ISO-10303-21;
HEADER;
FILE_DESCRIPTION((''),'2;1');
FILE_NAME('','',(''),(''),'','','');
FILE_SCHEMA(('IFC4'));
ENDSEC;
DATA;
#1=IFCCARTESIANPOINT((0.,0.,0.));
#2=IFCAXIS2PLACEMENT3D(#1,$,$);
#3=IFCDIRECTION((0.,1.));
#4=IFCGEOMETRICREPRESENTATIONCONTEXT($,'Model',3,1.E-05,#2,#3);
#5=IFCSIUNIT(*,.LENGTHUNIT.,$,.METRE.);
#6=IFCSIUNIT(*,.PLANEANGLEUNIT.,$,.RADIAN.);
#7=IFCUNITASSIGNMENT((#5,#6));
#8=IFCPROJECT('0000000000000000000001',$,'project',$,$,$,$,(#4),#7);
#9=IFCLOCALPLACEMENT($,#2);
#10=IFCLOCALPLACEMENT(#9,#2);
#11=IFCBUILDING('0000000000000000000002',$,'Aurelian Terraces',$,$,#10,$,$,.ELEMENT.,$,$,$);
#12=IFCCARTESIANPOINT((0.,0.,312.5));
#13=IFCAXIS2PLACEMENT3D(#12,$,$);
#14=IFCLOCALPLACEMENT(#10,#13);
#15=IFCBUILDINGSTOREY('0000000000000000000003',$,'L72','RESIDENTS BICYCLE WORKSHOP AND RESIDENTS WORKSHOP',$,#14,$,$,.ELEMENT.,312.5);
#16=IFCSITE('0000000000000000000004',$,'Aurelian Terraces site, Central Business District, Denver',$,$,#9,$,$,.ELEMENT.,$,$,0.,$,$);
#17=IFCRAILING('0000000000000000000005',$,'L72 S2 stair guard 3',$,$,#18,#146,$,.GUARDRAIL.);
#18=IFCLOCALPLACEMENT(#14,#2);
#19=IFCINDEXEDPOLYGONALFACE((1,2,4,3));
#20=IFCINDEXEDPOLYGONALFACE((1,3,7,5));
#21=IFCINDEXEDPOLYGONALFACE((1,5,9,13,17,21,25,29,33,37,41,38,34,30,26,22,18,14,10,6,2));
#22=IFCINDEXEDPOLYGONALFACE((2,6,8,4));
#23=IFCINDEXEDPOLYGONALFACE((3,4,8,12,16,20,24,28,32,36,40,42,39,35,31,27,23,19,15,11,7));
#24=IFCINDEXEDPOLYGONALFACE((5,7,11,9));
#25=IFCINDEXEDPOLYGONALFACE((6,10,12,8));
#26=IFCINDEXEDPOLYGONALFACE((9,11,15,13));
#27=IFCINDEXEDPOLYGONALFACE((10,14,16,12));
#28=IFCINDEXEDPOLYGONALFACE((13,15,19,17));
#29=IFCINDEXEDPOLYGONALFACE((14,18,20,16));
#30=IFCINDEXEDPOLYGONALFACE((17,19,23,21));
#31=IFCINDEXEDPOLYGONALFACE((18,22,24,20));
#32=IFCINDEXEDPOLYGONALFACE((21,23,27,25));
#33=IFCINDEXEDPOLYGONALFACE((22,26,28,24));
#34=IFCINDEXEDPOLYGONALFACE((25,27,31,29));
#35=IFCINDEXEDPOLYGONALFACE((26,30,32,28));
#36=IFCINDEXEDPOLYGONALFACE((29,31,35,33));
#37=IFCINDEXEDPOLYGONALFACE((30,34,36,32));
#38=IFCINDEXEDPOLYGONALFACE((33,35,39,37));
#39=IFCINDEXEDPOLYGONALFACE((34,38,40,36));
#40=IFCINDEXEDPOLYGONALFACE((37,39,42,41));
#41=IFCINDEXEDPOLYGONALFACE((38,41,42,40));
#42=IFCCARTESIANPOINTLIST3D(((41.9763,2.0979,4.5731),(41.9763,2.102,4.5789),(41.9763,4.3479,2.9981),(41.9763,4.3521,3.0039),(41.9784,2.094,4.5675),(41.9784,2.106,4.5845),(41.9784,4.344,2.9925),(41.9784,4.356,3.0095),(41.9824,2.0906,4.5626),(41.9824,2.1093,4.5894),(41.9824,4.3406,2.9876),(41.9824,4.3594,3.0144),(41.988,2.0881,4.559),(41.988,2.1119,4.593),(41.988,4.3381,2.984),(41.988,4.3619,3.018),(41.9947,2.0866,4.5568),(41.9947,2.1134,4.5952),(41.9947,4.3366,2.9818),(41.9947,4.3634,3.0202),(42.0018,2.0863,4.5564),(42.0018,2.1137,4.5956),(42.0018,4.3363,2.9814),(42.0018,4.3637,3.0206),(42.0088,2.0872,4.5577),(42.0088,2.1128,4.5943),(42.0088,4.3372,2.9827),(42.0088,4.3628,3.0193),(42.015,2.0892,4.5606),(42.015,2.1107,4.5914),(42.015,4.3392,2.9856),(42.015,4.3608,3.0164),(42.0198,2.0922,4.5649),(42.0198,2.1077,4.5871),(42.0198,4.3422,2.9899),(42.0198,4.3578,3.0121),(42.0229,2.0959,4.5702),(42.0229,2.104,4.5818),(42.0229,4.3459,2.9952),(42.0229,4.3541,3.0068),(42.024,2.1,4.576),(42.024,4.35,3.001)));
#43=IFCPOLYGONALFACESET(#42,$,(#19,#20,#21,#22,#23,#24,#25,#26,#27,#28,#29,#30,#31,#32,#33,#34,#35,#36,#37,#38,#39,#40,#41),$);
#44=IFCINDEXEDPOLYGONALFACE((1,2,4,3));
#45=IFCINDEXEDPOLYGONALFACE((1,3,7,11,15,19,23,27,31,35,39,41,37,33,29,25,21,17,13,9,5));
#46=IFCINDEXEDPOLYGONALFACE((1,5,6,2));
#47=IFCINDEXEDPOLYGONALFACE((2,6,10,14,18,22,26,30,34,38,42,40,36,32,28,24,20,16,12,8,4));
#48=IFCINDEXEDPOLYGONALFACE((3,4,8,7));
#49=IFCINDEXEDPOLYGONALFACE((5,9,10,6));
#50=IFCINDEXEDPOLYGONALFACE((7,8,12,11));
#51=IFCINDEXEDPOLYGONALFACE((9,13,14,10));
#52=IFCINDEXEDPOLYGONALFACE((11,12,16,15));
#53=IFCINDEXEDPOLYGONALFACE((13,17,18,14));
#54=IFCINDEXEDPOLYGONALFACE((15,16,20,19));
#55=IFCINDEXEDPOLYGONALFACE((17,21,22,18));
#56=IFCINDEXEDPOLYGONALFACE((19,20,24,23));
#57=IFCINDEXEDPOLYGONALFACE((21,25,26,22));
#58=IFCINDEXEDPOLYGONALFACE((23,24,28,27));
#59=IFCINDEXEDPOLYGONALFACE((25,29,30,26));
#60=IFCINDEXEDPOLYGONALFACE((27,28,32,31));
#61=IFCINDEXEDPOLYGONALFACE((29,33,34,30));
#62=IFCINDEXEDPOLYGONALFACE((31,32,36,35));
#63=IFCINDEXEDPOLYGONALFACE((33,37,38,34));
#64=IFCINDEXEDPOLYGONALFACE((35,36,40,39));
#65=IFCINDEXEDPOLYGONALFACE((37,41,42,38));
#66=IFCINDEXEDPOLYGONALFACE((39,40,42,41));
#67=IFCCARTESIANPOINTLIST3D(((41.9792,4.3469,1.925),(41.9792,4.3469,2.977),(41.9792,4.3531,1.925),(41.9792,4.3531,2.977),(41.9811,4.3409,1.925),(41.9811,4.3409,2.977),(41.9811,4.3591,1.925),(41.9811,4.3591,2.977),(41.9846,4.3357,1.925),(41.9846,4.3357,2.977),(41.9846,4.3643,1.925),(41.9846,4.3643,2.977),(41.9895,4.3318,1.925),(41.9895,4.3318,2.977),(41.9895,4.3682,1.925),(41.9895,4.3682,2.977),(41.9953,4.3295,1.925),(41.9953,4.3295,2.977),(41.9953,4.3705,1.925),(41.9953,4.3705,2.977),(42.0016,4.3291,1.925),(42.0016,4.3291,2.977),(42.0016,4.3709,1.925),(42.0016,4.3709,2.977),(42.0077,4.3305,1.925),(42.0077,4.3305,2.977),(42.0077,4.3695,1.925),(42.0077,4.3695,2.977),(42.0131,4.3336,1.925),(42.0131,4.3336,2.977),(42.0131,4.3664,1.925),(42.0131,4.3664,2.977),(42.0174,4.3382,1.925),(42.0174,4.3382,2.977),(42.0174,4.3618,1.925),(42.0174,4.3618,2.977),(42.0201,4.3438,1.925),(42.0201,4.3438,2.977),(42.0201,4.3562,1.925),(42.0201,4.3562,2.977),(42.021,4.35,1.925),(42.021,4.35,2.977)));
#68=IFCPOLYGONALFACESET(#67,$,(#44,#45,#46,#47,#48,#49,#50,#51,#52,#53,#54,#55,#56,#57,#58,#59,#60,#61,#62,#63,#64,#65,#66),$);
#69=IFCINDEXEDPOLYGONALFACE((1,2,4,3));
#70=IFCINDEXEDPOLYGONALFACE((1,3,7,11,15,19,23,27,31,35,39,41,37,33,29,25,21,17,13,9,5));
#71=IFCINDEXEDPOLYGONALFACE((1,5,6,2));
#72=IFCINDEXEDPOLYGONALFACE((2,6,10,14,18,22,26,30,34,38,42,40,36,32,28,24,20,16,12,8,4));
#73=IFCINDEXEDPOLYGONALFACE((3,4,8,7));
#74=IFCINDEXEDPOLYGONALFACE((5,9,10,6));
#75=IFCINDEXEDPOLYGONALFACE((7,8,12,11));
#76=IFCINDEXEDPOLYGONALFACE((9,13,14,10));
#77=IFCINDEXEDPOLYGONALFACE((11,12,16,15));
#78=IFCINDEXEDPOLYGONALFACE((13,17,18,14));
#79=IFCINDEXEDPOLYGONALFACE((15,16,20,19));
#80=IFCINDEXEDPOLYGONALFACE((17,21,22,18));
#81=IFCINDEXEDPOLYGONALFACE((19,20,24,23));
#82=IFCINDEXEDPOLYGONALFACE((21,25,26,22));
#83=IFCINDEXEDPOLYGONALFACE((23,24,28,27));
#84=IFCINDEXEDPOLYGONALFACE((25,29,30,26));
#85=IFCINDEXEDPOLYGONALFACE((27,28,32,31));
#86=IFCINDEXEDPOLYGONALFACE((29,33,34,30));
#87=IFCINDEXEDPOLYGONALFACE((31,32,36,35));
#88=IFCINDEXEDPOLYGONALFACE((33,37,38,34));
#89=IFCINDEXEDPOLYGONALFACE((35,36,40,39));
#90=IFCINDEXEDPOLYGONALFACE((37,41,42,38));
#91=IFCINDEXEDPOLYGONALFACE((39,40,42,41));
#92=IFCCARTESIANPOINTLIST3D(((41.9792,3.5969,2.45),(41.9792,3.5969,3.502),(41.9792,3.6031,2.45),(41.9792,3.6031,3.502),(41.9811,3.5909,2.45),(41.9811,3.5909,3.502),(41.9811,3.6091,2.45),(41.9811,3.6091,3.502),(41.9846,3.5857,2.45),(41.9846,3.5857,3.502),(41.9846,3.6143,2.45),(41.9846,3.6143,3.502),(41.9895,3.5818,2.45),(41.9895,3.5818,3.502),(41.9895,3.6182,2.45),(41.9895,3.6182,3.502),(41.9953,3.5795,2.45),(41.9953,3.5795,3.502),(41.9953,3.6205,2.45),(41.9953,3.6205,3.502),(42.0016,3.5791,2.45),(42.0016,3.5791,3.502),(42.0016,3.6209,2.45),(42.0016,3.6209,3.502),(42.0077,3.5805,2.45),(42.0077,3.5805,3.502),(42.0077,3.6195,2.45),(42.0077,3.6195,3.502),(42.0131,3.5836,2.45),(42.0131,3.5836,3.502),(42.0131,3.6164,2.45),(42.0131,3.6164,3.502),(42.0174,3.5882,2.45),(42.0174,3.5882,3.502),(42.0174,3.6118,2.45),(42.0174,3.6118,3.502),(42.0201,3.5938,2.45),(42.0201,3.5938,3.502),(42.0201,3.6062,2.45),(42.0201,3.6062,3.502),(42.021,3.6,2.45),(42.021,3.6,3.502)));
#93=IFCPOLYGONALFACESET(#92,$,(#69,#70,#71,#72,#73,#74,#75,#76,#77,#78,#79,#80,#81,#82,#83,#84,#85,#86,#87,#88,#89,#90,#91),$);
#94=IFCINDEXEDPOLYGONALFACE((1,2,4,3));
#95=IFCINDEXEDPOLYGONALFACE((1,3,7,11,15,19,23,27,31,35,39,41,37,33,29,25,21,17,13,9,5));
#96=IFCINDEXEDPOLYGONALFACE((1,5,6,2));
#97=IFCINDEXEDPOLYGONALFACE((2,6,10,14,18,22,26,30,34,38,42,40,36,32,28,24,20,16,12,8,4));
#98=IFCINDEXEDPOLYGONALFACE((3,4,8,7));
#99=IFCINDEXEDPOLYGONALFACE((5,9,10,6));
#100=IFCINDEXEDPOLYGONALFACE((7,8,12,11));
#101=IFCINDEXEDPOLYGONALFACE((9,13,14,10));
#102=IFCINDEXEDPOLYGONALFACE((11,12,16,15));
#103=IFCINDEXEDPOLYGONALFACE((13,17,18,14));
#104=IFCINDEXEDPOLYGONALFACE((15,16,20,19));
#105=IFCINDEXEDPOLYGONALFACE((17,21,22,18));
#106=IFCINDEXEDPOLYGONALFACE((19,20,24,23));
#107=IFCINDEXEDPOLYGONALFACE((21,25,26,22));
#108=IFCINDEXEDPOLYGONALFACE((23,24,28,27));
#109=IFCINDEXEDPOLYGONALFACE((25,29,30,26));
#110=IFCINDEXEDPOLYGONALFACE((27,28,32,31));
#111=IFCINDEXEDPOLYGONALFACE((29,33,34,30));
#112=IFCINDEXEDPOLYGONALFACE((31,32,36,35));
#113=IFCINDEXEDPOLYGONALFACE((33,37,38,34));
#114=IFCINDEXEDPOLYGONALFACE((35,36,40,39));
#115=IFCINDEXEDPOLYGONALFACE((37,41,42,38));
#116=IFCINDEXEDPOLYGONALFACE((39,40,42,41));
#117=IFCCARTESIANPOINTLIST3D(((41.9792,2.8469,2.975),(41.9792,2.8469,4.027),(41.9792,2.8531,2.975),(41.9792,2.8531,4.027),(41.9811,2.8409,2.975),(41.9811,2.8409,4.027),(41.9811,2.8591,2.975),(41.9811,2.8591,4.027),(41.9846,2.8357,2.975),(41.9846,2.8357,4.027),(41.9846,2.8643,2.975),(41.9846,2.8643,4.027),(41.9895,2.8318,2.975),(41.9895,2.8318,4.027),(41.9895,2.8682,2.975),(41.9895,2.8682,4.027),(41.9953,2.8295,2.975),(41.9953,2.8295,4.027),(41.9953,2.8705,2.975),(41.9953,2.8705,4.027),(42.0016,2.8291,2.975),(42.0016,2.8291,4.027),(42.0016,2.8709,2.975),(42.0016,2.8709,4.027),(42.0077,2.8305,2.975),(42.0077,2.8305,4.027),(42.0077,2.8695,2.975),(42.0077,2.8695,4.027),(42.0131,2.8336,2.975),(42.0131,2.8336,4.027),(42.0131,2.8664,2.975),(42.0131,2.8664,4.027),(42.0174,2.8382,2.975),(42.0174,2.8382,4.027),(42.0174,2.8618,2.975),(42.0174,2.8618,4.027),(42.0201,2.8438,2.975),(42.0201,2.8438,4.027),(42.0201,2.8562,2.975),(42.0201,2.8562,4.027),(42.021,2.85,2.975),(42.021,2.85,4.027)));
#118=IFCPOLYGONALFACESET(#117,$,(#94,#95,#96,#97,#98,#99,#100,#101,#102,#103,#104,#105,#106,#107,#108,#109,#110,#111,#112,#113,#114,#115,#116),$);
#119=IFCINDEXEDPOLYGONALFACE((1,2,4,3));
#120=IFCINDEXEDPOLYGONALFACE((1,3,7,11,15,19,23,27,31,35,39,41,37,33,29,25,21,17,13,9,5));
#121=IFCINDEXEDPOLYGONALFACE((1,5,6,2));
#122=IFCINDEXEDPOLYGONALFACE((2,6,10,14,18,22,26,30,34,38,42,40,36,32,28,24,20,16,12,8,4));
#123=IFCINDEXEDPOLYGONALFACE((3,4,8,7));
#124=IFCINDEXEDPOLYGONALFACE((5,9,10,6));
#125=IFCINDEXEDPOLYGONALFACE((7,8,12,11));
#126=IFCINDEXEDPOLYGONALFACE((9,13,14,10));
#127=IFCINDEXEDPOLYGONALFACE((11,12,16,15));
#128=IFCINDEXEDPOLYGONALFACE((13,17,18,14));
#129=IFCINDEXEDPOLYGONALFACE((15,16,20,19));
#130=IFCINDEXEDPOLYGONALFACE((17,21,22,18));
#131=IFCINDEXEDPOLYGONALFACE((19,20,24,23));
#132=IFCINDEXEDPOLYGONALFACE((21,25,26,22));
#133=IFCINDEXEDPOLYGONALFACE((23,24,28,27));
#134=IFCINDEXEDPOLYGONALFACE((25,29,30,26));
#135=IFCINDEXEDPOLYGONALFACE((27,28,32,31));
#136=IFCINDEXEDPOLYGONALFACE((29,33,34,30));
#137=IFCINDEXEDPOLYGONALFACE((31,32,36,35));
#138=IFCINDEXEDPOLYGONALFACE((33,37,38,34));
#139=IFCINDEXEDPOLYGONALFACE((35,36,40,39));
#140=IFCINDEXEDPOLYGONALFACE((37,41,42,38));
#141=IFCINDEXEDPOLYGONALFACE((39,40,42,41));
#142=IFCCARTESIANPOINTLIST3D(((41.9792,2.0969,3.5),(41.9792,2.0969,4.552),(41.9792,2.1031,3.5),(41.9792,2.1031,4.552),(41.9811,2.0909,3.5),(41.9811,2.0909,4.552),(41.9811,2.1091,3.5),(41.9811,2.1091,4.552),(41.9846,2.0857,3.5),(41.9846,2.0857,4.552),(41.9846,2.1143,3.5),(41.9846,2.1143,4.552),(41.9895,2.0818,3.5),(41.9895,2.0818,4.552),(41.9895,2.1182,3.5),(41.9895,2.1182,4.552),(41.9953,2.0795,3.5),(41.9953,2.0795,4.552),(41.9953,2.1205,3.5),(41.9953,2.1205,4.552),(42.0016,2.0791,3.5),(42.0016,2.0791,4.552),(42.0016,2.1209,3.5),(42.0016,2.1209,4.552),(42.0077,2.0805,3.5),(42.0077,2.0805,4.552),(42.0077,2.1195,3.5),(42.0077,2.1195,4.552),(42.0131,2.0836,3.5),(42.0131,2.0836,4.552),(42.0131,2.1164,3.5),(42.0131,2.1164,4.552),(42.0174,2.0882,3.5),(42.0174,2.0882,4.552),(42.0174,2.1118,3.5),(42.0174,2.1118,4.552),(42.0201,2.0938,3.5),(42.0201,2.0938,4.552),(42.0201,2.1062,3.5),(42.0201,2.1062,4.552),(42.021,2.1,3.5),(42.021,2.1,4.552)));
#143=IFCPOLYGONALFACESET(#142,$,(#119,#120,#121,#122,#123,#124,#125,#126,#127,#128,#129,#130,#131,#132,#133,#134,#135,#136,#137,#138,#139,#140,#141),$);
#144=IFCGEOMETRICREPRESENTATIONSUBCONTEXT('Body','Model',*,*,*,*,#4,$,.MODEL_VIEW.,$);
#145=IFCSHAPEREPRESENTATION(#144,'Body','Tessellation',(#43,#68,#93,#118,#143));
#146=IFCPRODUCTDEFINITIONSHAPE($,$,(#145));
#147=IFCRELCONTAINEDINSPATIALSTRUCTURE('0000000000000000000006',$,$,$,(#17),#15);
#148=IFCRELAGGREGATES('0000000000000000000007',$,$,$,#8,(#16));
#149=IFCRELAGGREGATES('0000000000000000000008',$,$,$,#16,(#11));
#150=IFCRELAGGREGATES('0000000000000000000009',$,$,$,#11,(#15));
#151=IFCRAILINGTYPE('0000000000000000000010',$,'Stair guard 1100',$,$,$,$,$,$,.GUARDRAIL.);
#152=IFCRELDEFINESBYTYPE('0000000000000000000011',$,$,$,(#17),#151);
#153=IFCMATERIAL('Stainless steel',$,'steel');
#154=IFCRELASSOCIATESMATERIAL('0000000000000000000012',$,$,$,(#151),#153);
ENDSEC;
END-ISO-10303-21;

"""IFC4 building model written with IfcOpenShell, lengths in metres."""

from ifc_helpers import new_model, si_unit, direction, frame, origin, origin_2d, place, context, subcontext, project, spatial, circle, extrude, source, transform, mapped, material, type_object, element, save


model = new_model("IFC4")

# Units and contexts
model_context = context("Model", 3, precision=1e-05, world=origin(), true_north=direction((0.0, 1.0)))
body_context = subcontext(model_context, "Body", "Model", "MODEL_VIEW")
ifc_project = project(units=[si_unit("LENGTHUNIT", "METRE"), si_unit("PLANEANGLEUNIT", "RADIAN")], contexts=[model_context])

# Site, building, storey
site_placement = place(None, origin())
site = spatial("IfcSite", under=ifc_project, at=site_placement, Name="Aurelian Terraces site, Central Business District, Denver", CompositionType="ELEMENT", RefElevation=0.0)
building_placement = place(site_placement, origin())
building = spatial("IfcBuilding", under=site, at=building_placement, Name="Aurelian Terraces", CompositionType="ELEMENT")
storey_placement = place(building_placement, frame((0.0, 0.0, 312.5)))
storey = spatial("IfcBuildingStorey", under=building, at=storey_placement, Name="L72", Description="RESIDENTS BICYCLE WORKSHOP AND RESIDENTS WORKSHOP", CompositionType="ELEMENT", Elevation=312.5)

# Railing
ifc_material_1 = material(Name="Stainless steel", Category="steel")
railing_type_1 = type_object("IfcRailingType", Name="Stair guard 1100", PredefinedType="GUARDRAIL", material=ifc_material_1)
shared_shape_1 = source(origin(), body_context, "Body", "SweptSolid", [
    extrude(circle(Radius=0.024, at=origin_2d()), frame((0.0, 0.0, 1.076), z_axis=(0.0, -0.819232, 0.573462), x_axis=(1.0, 0.0, 0.0)), (0.0, 0.0, 1.0), 2.7465),
    extrude(circle(Radius=0.021, at=origin_2d()), origin(), (0.0, 0.0, 1.0), 1.052),
    extrude(circle(Radius=0.021, at=origin_2d()), frame((0.0, -0.75, 0.525)), (0.0, 0.0, 1.0), 1.052),
    extrude(circle(Radius=0.021, at=origin_2d()), frame((0.0, -1.5, 1.05)), (0.0, 0.0, 1.0), 1.052),
    extrude(circle(Radius=0.021, at=origin_2d()), frame((0.0, -2.25, 1.575)), (0.0, 0.0, 1.0), 1.052),
])
railing_1_placement = place(storey_placement, frame((42.0, 4.35, 1.925)))
element("IfcRailing", 1, at=railing_1_placement, inside=storey, type_object=railing_type_1, Name="L72 S2 stair guard 3", PredefinedType="GUARDRAIL", context=body_context, shape_type="MappedRepresentation", body=[
    mapped(shared_shape_1, transform((0.0, 0.0, 0.0), scale=1.0)),
])

save(model, "model.ifc")
